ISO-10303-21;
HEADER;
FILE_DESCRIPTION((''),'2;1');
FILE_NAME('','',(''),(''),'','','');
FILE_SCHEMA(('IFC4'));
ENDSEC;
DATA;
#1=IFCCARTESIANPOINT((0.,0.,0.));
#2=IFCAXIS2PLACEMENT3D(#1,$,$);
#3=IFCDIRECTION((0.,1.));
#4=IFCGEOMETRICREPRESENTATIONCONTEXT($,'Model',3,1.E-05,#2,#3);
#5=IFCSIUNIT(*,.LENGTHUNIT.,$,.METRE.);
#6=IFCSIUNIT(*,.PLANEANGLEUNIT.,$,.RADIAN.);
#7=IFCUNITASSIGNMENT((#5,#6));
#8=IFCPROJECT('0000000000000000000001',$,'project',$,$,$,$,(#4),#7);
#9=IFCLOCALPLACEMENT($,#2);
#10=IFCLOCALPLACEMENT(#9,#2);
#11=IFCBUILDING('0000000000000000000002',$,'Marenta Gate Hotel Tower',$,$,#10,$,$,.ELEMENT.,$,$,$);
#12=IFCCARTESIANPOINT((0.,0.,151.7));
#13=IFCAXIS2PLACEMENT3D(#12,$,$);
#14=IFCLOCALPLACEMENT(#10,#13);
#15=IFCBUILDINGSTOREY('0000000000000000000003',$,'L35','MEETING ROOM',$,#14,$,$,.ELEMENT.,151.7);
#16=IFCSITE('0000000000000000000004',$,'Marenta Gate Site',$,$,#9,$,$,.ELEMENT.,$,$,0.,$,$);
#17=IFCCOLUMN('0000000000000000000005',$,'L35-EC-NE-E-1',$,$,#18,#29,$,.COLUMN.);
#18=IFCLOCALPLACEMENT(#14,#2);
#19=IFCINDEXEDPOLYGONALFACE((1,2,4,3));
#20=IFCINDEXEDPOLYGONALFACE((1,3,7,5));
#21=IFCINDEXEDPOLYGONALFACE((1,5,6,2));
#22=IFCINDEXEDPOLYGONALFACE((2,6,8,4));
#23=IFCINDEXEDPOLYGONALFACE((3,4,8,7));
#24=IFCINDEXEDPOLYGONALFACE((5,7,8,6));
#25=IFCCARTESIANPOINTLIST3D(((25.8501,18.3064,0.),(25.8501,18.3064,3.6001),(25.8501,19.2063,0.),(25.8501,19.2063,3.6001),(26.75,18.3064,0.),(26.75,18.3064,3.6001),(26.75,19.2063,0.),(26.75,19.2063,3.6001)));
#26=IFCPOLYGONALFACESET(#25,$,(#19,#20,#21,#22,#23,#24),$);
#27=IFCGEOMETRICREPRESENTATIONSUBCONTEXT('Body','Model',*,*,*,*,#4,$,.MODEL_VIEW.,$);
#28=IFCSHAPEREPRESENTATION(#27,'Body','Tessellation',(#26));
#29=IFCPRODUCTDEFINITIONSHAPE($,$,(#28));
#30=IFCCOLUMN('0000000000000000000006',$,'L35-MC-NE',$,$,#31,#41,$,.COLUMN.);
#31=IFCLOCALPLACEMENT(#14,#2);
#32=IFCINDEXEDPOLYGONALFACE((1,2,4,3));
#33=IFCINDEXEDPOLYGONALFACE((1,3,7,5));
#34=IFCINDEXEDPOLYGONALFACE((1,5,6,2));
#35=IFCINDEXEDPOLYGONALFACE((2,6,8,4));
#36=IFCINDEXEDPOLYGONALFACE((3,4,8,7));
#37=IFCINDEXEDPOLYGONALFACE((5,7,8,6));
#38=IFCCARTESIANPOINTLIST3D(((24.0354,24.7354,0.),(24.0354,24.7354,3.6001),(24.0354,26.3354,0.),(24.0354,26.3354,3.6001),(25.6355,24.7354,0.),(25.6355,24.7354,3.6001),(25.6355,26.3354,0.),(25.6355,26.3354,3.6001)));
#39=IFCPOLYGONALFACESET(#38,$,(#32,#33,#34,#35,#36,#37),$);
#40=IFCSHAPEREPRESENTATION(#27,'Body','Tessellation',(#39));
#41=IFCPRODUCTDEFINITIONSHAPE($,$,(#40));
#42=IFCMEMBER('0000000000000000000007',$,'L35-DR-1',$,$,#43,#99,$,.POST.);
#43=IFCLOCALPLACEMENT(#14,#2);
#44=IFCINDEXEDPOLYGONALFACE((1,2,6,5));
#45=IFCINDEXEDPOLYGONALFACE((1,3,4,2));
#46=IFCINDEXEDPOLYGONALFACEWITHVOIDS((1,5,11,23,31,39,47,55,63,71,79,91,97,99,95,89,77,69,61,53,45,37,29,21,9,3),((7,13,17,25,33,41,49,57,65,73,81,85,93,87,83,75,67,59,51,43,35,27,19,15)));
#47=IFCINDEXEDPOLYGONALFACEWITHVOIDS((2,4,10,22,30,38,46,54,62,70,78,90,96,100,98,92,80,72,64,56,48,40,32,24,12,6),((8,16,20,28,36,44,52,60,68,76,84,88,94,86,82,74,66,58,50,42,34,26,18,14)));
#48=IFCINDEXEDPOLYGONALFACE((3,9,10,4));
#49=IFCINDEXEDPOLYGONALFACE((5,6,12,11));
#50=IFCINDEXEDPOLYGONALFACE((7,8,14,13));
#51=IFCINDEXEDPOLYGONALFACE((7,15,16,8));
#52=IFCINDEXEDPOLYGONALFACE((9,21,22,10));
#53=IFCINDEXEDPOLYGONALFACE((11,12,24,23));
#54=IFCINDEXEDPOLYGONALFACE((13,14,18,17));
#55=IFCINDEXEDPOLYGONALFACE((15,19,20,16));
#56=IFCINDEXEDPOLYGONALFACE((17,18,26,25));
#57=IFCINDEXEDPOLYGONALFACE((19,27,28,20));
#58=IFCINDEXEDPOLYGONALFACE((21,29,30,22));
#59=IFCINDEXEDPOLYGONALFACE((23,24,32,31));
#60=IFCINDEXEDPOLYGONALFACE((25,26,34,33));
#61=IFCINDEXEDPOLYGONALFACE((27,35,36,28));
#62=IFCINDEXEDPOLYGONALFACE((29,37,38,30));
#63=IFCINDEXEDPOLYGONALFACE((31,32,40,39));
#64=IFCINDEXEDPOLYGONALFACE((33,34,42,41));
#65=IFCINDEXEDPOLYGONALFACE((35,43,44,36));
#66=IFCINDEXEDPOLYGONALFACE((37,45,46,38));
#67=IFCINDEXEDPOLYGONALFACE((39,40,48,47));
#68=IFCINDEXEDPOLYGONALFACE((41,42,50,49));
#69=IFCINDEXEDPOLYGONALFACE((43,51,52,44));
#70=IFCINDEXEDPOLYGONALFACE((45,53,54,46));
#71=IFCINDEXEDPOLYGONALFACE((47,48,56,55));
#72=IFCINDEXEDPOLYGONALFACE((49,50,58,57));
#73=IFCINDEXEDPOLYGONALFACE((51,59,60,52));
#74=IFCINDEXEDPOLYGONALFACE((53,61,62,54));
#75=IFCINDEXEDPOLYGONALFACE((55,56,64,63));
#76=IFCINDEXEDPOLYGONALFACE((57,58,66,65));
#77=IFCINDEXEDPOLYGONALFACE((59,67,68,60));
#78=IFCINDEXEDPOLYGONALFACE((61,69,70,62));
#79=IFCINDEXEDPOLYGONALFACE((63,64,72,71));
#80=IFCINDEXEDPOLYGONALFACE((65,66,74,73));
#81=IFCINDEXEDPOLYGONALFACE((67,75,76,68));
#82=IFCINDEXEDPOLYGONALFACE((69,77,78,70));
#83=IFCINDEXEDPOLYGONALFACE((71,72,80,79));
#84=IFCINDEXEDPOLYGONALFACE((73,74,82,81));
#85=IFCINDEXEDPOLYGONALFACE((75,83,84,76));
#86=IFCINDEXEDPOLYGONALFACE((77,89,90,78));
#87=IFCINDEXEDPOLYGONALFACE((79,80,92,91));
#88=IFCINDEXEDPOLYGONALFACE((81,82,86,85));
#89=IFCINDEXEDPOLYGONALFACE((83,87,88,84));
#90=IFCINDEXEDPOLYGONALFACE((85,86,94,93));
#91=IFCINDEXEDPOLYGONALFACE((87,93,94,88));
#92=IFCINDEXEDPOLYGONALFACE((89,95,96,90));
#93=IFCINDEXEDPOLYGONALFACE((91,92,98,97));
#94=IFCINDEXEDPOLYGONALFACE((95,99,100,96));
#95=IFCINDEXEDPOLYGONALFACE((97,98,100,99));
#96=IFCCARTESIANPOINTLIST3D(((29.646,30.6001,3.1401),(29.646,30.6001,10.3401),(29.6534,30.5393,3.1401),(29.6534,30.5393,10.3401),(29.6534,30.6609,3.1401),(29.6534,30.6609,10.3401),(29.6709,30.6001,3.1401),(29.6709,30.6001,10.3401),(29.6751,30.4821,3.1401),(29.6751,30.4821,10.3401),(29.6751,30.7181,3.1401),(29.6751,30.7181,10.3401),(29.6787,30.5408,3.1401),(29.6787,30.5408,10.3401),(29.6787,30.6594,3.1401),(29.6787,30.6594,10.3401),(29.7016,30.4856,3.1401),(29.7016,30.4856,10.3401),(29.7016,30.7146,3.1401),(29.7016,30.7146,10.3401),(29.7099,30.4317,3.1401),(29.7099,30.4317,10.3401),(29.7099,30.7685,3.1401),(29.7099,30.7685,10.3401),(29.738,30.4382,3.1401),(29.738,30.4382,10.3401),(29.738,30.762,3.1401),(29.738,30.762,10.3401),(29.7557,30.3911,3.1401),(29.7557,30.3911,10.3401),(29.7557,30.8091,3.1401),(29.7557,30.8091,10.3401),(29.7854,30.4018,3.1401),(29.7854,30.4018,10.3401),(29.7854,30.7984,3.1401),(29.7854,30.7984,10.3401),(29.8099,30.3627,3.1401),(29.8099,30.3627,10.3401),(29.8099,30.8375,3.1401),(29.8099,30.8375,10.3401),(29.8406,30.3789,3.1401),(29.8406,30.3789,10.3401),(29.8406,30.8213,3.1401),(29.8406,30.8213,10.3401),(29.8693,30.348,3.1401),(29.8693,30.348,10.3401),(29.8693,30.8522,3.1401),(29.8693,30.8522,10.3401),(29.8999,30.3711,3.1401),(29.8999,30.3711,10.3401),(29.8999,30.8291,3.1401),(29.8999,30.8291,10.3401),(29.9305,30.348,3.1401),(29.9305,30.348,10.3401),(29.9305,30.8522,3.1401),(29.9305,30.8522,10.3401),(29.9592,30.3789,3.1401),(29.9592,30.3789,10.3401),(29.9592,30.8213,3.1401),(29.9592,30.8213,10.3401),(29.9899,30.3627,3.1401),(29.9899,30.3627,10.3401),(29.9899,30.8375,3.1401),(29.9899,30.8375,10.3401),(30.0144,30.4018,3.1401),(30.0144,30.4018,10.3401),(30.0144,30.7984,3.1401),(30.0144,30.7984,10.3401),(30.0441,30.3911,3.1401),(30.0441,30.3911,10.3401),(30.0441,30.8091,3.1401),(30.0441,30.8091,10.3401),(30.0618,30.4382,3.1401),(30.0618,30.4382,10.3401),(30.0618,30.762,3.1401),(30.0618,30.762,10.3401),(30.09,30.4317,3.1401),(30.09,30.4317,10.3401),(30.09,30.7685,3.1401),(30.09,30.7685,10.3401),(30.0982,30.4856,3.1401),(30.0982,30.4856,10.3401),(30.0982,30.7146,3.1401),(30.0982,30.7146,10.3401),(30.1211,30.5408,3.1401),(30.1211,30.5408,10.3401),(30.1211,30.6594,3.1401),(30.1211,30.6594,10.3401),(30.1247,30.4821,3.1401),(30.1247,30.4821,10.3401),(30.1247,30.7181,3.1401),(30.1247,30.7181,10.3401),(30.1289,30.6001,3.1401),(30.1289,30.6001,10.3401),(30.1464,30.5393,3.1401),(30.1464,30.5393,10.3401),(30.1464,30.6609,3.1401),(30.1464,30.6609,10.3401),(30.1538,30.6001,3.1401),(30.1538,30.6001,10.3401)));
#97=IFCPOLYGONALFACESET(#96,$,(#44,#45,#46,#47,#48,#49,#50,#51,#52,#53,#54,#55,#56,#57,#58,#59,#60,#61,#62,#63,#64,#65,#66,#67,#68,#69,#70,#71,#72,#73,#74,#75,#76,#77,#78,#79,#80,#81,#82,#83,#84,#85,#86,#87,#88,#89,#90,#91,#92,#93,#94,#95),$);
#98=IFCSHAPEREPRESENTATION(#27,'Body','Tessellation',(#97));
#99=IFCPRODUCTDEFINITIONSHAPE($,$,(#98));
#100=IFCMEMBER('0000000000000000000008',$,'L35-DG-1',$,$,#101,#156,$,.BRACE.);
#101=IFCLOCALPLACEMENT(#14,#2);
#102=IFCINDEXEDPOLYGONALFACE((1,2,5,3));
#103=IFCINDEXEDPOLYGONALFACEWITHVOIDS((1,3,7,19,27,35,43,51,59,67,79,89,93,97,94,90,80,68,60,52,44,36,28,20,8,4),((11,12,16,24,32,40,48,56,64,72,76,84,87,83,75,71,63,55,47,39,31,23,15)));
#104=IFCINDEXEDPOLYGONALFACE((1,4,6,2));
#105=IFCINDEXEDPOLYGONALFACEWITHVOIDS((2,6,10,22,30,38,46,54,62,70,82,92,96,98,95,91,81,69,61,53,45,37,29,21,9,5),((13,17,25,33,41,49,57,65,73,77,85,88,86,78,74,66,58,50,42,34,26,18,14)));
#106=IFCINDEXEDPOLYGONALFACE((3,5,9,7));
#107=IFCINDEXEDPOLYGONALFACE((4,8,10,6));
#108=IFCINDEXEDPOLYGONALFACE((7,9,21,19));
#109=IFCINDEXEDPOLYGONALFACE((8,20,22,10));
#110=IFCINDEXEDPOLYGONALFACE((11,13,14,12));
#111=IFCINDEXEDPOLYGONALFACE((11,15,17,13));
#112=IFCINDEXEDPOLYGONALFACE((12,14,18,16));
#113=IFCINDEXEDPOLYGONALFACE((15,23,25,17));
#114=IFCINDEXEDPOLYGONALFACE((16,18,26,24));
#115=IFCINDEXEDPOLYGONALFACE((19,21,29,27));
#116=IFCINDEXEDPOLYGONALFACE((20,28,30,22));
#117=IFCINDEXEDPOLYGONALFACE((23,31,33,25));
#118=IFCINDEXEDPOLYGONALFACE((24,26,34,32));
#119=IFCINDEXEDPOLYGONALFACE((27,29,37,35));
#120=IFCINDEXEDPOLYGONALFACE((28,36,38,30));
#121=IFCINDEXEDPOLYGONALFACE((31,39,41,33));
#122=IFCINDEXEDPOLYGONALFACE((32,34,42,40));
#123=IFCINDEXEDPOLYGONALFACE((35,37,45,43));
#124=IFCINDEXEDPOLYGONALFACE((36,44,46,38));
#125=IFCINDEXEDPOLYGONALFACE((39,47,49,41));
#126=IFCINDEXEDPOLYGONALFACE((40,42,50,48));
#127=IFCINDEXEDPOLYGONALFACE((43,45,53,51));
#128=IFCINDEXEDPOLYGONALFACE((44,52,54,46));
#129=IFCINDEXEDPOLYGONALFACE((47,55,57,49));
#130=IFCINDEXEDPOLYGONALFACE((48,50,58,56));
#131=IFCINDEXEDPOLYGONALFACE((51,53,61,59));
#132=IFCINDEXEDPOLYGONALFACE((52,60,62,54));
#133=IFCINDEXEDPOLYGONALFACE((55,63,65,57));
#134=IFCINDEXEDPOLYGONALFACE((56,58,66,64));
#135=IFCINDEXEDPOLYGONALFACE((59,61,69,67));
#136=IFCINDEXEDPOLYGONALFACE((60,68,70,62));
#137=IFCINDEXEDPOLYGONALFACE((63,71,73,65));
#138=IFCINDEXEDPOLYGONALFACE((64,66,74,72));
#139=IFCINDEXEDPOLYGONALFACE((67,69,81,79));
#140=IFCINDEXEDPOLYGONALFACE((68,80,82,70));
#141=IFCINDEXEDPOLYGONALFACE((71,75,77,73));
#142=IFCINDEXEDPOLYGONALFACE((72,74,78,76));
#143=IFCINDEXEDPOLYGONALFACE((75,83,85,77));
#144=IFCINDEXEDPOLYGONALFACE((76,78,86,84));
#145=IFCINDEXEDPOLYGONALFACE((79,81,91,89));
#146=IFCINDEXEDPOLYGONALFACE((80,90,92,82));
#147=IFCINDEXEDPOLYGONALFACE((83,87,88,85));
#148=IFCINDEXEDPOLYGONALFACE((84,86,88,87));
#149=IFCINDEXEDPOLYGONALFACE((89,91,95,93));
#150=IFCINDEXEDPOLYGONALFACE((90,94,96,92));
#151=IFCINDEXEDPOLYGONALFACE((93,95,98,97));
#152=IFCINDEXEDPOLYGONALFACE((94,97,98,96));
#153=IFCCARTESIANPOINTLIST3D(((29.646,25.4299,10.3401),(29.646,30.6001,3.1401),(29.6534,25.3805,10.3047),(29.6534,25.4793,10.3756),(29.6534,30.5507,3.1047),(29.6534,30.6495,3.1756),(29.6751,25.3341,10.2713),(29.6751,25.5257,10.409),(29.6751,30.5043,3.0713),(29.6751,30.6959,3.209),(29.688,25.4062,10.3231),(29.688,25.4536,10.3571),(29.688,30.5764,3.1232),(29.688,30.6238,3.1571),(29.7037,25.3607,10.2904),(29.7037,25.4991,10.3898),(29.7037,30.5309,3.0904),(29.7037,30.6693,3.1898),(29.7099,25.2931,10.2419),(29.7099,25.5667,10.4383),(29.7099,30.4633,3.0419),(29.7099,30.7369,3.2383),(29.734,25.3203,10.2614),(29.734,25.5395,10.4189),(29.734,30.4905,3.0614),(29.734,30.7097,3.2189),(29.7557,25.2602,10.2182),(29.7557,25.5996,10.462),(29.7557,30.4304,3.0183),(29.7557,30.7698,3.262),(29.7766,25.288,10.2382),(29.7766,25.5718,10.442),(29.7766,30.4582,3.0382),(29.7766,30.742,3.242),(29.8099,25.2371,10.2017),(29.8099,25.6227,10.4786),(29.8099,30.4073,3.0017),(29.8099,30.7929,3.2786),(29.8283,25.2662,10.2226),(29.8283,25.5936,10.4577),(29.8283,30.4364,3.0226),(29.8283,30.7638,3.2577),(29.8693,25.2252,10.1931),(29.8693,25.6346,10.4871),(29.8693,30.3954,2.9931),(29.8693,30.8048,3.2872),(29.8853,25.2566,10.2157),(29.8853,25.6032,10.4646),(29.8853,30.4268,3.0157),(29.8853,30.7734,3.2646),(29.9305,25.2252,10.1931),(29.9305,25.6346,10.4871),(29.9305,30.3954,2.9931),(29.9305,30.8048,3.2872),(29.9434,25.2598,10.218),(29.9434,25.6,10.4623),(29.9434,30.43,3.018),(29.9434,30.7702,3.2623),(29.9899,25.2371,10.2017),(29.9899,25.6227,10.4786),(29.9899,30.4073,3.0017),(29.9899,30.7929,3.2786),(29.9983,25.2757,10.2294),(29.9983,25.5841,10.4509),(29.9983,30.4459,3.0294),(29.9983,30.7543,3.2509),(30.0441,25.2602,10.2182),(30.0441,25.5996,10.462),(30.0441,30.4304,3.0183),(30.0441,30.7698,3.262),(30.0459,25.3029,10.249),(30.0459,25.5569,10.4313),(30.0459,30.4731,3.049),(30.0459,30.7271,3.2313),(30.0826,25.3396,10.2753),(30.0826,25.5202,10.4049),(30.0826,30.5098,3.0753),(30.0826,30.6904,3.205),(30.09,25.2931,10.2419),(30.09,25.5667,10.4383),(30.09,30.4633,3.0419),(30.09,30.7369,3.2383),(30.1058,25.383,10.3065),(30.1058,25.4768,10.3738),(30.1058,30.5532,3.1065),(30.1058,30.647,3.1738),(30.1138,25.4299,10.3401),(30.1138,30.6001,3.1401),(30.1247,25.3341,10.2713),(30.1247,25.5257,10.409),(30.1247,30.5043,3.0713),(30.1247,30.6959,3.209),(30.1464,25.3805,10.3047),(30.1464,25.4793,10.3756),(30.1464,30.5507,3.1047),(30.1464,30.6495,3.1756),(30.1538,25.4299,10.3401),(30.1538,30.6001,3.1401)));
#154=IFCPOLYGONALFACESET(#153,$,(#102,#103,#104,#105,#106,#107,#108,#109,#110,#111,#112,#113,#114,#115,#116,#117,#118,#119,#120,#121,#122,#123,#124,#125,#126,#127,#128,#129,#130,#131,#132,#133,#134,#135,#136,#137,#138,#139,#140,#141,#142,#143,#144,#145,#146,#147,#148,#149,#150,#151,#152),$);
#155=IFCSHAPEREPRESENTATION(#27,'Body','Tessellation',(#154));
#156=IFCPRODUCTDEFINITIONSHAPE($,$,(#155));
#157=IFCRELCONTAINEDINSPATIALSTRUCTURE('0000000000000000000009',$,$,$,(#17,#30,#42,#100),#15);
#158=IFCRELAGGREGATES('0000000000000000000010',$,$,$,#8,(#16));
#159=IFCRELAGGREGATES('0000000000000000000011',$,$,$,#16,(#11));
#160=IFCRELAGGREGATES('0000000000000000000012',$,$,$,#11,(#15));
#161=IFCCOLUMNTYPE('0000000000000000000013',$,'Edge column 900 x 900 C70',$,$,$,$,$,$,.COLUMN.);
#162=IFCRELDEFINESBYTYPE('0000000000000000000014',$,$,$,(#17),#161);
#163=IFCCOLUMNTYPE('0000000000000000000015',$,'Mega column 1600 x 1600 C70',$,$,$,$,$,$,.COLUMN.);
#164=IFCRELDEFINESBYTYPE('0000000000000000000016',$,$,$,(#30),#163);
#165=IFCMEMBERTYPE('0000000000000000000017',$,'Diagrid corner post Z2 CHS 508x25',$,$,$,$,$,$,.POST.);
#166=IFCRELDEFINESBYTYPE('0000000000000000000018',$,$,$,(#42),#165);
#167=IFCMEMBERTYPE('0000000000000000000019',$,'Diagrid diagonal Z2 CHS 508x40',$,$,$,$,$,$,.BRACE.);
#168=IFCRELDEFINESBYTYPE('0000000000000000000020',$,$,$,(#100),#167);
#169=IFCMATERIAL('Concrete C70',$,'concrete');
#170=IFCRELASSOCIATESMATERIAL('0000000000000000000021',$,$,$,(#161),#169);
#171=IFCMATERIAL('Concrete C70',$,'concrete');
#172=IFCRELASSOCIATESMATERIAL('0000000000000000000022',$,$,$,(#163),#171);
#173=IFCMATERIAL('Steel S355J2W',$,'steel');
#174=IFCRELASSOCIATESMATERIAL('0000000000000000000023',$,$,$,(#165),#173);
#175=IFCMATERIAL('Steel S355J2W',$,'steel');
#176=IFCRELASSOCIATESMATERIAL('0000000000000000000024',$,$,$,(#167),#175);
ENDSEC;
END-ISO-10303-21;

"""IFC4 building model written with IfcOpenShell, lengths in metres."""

from ifc_helpers import new_model, si_unit, direction, frame, origin, origin_2d, place, context, subcontext, project, spatial, rectangle, hollow_circle, extrude, material, material_profile, profile_set, type_object, element, save


model = new_model("IFC4")

# Units and contexts
model_context = context("Model", 3, precision=1e-05, world=origin(), true_north=direction((0.0, 1.0)))
body_context = subcontext(model_context, "Body", "Model", "MODEL_VIEW")
ifc_project = project(units=[si_unit("LENGTHUNIT", "METRE"), si_unit("PLANEANGLEUNIT", "RADIAN")], contexts=[model_context])

# Site, building, storey
site_placement = place(None, origin())
site = spatial("IfcSite", under=ifc_project, at=site_placement, Name="Marenta Gate Site", CompositionType="ELEMENT", RefElevation=0.0)
building_placement = place(site_placement, origin())
building = spatial("IfcBuilding", under=site, at=building_placement, Name="Marenta Gate Hotel Tower", CompositionType="ELEMENT")
storey_placement = place(building_placement, frame((0.0, 0.0, 151.7)))
storey = spatial("IfcBuildingStorey", under=building, at=storey_placement, Name="L35", Description="MEETING ROOM", CompositionType="ELEMENT", Elevation=151.7)

# Columns
ifc_material_1 = material(Name="Concrete C70", Category="concrete")
ifc_material_profile_1 = material_profile(ifc_material_1, rectangle(XDim=0.8999, YDim=0.8999, at=origin_2d()), Name="900 x 900")
ifc_profile_set_1 = profile_set([ifc_material_profile_1], Name="Concrete C70")
column_type_1 = type_object("IfcColumnType", Name="Edge column 900 x 900 C70", PredefinedType="COLUMN", material=ifc_profile_set_1)
column_1_placement = place(storey_placement, frame((26.3, 18.7563, 0.0), z_axis=(0.0, 0.0, 1.0), x_axis=(1.0, 0.0, 0.0)))
element("IfcColumn", 1, at=column_1_placement, inside=storey, type_object=column_type_1, Name="L35-EC-NE-E-1", PredefinedType="COLUMN", context=body_context, shape_type="SweptSolid", body=[
    extrude(rectangle(XDim=0.8999, YDim=0.8999, at=origin_2d()), origin(), (0.0, 0.0, 1.0), 3.6001),
])
ifc_material_2 = material(Name="Concrete C70", Category="concrete")
ifc_material_profile_2 = material_profile(ifc_material_2, rectangle(XDim=1.6001, YDim=1.6001, at=origin_2d()), Name="1600 x 1600")
ifc_profile_set_2 = profile_set([ifc_material_profile_2], Name="Concrete C70")
column_type_2 = type_object("IfcColumnType", Name="Mega column 1600 x 1600 C70", PredefinedType="COLUMN", material=ifc_profile_set_2)
column_2_placement = place(storey_placement, frame((24.8354, 25.5354, 0.0), z_axis=(0.0, 0.0, 1.0), x_axis=(1.0, 0.0, 0.0)))
element("IfcColumn", 2, at=column_2_placement, inside=storey, type_object=column_type_2, Name="L35-MC-NE", PredefinedType="COLUMN", context=body_context, shape_type="SweptSolid", body=[
    extrude(rectangle(XDim=1.6001, YDim=1.6001, at=origin_2d()), origin(), (0.0, 0.0, 1.0), 3.6001),
])

# Members
ifc_material_3 = material(Name="Steel S355J2W", Category="steel")
ifc_material_profile_3 = material_profile(ifc_material_3, hollow_circle(Radius=0.2539, WallThickness=0.0249, at=origin_2d()), Name="CHS 508x25")
ifc_profile_set_3 = profile_set([ifc_material_profile_3], Name="Steel S355J2W")
member_type_1 = type_object("IfcMemberType", Name="Diagrid corner post Z2 CHS 508x25", PredefinedType="POST", material=ifc_profile_set_3)
member_1_placement = place(storey_placement, frame((29.8999, 30.6001, 3.1401), z_axis=(0.0, 0.0, 1.0), x_axis=(1.0, 0.0, 0.0)))
element("IfcMember", 3, at=member_1_placement, inside=storey, type_object=member_type_1, Name="L35-DR-1", PredefinedType="POST", context=body_context, shape_type="SweptSolid", body=[
    extrude(hollow_circle(Radius=0.2539, WallThickness=0.0249, at=origin_2d()), origin(), (0.0, 0.0, 1.0), 7.2),
])
ifc_material_4 = material(Name="Steel S355J2W", Category="steel")
ifc_material_profile_4 = material_profile(ifc_material_4, hollow_circle(Radius=0.2539, WallThickness=0.04, at=origin_2d()), Name="CHS 508x40")
ifc_profile_set_4 = profile_set([ifc_material_profile_4], Name="Steel S355J2W")
member_type_2 = type_object("IfcMemberType", Name="Diagrid diagonal Z2 CHS 508x40", PredefinedType="BRACE", material=ifc_profile_set_4)
member_2_placement = place(storey_placement, frame((29.8999, 30.6001, 3.1401), z_axis=(0.0, -0.583279, 0.812272), x_axis=(1.0, 0.0, 0.0)))
element("IfcMember", 4, at=member_2_placement, inside=storey, type_object=member_type_2, Name="L35-DG-1", PredefinedType="BRACE", context=body_context, shape_type="SweptSolid", body=[
    extrude(hollow_circle(Radius=0.2539, WallThickness=0.04, at=origin_2d()), origin(), (0.0, 0.0, 1.0), 8.864),
])

save(model, "model.ifc")
